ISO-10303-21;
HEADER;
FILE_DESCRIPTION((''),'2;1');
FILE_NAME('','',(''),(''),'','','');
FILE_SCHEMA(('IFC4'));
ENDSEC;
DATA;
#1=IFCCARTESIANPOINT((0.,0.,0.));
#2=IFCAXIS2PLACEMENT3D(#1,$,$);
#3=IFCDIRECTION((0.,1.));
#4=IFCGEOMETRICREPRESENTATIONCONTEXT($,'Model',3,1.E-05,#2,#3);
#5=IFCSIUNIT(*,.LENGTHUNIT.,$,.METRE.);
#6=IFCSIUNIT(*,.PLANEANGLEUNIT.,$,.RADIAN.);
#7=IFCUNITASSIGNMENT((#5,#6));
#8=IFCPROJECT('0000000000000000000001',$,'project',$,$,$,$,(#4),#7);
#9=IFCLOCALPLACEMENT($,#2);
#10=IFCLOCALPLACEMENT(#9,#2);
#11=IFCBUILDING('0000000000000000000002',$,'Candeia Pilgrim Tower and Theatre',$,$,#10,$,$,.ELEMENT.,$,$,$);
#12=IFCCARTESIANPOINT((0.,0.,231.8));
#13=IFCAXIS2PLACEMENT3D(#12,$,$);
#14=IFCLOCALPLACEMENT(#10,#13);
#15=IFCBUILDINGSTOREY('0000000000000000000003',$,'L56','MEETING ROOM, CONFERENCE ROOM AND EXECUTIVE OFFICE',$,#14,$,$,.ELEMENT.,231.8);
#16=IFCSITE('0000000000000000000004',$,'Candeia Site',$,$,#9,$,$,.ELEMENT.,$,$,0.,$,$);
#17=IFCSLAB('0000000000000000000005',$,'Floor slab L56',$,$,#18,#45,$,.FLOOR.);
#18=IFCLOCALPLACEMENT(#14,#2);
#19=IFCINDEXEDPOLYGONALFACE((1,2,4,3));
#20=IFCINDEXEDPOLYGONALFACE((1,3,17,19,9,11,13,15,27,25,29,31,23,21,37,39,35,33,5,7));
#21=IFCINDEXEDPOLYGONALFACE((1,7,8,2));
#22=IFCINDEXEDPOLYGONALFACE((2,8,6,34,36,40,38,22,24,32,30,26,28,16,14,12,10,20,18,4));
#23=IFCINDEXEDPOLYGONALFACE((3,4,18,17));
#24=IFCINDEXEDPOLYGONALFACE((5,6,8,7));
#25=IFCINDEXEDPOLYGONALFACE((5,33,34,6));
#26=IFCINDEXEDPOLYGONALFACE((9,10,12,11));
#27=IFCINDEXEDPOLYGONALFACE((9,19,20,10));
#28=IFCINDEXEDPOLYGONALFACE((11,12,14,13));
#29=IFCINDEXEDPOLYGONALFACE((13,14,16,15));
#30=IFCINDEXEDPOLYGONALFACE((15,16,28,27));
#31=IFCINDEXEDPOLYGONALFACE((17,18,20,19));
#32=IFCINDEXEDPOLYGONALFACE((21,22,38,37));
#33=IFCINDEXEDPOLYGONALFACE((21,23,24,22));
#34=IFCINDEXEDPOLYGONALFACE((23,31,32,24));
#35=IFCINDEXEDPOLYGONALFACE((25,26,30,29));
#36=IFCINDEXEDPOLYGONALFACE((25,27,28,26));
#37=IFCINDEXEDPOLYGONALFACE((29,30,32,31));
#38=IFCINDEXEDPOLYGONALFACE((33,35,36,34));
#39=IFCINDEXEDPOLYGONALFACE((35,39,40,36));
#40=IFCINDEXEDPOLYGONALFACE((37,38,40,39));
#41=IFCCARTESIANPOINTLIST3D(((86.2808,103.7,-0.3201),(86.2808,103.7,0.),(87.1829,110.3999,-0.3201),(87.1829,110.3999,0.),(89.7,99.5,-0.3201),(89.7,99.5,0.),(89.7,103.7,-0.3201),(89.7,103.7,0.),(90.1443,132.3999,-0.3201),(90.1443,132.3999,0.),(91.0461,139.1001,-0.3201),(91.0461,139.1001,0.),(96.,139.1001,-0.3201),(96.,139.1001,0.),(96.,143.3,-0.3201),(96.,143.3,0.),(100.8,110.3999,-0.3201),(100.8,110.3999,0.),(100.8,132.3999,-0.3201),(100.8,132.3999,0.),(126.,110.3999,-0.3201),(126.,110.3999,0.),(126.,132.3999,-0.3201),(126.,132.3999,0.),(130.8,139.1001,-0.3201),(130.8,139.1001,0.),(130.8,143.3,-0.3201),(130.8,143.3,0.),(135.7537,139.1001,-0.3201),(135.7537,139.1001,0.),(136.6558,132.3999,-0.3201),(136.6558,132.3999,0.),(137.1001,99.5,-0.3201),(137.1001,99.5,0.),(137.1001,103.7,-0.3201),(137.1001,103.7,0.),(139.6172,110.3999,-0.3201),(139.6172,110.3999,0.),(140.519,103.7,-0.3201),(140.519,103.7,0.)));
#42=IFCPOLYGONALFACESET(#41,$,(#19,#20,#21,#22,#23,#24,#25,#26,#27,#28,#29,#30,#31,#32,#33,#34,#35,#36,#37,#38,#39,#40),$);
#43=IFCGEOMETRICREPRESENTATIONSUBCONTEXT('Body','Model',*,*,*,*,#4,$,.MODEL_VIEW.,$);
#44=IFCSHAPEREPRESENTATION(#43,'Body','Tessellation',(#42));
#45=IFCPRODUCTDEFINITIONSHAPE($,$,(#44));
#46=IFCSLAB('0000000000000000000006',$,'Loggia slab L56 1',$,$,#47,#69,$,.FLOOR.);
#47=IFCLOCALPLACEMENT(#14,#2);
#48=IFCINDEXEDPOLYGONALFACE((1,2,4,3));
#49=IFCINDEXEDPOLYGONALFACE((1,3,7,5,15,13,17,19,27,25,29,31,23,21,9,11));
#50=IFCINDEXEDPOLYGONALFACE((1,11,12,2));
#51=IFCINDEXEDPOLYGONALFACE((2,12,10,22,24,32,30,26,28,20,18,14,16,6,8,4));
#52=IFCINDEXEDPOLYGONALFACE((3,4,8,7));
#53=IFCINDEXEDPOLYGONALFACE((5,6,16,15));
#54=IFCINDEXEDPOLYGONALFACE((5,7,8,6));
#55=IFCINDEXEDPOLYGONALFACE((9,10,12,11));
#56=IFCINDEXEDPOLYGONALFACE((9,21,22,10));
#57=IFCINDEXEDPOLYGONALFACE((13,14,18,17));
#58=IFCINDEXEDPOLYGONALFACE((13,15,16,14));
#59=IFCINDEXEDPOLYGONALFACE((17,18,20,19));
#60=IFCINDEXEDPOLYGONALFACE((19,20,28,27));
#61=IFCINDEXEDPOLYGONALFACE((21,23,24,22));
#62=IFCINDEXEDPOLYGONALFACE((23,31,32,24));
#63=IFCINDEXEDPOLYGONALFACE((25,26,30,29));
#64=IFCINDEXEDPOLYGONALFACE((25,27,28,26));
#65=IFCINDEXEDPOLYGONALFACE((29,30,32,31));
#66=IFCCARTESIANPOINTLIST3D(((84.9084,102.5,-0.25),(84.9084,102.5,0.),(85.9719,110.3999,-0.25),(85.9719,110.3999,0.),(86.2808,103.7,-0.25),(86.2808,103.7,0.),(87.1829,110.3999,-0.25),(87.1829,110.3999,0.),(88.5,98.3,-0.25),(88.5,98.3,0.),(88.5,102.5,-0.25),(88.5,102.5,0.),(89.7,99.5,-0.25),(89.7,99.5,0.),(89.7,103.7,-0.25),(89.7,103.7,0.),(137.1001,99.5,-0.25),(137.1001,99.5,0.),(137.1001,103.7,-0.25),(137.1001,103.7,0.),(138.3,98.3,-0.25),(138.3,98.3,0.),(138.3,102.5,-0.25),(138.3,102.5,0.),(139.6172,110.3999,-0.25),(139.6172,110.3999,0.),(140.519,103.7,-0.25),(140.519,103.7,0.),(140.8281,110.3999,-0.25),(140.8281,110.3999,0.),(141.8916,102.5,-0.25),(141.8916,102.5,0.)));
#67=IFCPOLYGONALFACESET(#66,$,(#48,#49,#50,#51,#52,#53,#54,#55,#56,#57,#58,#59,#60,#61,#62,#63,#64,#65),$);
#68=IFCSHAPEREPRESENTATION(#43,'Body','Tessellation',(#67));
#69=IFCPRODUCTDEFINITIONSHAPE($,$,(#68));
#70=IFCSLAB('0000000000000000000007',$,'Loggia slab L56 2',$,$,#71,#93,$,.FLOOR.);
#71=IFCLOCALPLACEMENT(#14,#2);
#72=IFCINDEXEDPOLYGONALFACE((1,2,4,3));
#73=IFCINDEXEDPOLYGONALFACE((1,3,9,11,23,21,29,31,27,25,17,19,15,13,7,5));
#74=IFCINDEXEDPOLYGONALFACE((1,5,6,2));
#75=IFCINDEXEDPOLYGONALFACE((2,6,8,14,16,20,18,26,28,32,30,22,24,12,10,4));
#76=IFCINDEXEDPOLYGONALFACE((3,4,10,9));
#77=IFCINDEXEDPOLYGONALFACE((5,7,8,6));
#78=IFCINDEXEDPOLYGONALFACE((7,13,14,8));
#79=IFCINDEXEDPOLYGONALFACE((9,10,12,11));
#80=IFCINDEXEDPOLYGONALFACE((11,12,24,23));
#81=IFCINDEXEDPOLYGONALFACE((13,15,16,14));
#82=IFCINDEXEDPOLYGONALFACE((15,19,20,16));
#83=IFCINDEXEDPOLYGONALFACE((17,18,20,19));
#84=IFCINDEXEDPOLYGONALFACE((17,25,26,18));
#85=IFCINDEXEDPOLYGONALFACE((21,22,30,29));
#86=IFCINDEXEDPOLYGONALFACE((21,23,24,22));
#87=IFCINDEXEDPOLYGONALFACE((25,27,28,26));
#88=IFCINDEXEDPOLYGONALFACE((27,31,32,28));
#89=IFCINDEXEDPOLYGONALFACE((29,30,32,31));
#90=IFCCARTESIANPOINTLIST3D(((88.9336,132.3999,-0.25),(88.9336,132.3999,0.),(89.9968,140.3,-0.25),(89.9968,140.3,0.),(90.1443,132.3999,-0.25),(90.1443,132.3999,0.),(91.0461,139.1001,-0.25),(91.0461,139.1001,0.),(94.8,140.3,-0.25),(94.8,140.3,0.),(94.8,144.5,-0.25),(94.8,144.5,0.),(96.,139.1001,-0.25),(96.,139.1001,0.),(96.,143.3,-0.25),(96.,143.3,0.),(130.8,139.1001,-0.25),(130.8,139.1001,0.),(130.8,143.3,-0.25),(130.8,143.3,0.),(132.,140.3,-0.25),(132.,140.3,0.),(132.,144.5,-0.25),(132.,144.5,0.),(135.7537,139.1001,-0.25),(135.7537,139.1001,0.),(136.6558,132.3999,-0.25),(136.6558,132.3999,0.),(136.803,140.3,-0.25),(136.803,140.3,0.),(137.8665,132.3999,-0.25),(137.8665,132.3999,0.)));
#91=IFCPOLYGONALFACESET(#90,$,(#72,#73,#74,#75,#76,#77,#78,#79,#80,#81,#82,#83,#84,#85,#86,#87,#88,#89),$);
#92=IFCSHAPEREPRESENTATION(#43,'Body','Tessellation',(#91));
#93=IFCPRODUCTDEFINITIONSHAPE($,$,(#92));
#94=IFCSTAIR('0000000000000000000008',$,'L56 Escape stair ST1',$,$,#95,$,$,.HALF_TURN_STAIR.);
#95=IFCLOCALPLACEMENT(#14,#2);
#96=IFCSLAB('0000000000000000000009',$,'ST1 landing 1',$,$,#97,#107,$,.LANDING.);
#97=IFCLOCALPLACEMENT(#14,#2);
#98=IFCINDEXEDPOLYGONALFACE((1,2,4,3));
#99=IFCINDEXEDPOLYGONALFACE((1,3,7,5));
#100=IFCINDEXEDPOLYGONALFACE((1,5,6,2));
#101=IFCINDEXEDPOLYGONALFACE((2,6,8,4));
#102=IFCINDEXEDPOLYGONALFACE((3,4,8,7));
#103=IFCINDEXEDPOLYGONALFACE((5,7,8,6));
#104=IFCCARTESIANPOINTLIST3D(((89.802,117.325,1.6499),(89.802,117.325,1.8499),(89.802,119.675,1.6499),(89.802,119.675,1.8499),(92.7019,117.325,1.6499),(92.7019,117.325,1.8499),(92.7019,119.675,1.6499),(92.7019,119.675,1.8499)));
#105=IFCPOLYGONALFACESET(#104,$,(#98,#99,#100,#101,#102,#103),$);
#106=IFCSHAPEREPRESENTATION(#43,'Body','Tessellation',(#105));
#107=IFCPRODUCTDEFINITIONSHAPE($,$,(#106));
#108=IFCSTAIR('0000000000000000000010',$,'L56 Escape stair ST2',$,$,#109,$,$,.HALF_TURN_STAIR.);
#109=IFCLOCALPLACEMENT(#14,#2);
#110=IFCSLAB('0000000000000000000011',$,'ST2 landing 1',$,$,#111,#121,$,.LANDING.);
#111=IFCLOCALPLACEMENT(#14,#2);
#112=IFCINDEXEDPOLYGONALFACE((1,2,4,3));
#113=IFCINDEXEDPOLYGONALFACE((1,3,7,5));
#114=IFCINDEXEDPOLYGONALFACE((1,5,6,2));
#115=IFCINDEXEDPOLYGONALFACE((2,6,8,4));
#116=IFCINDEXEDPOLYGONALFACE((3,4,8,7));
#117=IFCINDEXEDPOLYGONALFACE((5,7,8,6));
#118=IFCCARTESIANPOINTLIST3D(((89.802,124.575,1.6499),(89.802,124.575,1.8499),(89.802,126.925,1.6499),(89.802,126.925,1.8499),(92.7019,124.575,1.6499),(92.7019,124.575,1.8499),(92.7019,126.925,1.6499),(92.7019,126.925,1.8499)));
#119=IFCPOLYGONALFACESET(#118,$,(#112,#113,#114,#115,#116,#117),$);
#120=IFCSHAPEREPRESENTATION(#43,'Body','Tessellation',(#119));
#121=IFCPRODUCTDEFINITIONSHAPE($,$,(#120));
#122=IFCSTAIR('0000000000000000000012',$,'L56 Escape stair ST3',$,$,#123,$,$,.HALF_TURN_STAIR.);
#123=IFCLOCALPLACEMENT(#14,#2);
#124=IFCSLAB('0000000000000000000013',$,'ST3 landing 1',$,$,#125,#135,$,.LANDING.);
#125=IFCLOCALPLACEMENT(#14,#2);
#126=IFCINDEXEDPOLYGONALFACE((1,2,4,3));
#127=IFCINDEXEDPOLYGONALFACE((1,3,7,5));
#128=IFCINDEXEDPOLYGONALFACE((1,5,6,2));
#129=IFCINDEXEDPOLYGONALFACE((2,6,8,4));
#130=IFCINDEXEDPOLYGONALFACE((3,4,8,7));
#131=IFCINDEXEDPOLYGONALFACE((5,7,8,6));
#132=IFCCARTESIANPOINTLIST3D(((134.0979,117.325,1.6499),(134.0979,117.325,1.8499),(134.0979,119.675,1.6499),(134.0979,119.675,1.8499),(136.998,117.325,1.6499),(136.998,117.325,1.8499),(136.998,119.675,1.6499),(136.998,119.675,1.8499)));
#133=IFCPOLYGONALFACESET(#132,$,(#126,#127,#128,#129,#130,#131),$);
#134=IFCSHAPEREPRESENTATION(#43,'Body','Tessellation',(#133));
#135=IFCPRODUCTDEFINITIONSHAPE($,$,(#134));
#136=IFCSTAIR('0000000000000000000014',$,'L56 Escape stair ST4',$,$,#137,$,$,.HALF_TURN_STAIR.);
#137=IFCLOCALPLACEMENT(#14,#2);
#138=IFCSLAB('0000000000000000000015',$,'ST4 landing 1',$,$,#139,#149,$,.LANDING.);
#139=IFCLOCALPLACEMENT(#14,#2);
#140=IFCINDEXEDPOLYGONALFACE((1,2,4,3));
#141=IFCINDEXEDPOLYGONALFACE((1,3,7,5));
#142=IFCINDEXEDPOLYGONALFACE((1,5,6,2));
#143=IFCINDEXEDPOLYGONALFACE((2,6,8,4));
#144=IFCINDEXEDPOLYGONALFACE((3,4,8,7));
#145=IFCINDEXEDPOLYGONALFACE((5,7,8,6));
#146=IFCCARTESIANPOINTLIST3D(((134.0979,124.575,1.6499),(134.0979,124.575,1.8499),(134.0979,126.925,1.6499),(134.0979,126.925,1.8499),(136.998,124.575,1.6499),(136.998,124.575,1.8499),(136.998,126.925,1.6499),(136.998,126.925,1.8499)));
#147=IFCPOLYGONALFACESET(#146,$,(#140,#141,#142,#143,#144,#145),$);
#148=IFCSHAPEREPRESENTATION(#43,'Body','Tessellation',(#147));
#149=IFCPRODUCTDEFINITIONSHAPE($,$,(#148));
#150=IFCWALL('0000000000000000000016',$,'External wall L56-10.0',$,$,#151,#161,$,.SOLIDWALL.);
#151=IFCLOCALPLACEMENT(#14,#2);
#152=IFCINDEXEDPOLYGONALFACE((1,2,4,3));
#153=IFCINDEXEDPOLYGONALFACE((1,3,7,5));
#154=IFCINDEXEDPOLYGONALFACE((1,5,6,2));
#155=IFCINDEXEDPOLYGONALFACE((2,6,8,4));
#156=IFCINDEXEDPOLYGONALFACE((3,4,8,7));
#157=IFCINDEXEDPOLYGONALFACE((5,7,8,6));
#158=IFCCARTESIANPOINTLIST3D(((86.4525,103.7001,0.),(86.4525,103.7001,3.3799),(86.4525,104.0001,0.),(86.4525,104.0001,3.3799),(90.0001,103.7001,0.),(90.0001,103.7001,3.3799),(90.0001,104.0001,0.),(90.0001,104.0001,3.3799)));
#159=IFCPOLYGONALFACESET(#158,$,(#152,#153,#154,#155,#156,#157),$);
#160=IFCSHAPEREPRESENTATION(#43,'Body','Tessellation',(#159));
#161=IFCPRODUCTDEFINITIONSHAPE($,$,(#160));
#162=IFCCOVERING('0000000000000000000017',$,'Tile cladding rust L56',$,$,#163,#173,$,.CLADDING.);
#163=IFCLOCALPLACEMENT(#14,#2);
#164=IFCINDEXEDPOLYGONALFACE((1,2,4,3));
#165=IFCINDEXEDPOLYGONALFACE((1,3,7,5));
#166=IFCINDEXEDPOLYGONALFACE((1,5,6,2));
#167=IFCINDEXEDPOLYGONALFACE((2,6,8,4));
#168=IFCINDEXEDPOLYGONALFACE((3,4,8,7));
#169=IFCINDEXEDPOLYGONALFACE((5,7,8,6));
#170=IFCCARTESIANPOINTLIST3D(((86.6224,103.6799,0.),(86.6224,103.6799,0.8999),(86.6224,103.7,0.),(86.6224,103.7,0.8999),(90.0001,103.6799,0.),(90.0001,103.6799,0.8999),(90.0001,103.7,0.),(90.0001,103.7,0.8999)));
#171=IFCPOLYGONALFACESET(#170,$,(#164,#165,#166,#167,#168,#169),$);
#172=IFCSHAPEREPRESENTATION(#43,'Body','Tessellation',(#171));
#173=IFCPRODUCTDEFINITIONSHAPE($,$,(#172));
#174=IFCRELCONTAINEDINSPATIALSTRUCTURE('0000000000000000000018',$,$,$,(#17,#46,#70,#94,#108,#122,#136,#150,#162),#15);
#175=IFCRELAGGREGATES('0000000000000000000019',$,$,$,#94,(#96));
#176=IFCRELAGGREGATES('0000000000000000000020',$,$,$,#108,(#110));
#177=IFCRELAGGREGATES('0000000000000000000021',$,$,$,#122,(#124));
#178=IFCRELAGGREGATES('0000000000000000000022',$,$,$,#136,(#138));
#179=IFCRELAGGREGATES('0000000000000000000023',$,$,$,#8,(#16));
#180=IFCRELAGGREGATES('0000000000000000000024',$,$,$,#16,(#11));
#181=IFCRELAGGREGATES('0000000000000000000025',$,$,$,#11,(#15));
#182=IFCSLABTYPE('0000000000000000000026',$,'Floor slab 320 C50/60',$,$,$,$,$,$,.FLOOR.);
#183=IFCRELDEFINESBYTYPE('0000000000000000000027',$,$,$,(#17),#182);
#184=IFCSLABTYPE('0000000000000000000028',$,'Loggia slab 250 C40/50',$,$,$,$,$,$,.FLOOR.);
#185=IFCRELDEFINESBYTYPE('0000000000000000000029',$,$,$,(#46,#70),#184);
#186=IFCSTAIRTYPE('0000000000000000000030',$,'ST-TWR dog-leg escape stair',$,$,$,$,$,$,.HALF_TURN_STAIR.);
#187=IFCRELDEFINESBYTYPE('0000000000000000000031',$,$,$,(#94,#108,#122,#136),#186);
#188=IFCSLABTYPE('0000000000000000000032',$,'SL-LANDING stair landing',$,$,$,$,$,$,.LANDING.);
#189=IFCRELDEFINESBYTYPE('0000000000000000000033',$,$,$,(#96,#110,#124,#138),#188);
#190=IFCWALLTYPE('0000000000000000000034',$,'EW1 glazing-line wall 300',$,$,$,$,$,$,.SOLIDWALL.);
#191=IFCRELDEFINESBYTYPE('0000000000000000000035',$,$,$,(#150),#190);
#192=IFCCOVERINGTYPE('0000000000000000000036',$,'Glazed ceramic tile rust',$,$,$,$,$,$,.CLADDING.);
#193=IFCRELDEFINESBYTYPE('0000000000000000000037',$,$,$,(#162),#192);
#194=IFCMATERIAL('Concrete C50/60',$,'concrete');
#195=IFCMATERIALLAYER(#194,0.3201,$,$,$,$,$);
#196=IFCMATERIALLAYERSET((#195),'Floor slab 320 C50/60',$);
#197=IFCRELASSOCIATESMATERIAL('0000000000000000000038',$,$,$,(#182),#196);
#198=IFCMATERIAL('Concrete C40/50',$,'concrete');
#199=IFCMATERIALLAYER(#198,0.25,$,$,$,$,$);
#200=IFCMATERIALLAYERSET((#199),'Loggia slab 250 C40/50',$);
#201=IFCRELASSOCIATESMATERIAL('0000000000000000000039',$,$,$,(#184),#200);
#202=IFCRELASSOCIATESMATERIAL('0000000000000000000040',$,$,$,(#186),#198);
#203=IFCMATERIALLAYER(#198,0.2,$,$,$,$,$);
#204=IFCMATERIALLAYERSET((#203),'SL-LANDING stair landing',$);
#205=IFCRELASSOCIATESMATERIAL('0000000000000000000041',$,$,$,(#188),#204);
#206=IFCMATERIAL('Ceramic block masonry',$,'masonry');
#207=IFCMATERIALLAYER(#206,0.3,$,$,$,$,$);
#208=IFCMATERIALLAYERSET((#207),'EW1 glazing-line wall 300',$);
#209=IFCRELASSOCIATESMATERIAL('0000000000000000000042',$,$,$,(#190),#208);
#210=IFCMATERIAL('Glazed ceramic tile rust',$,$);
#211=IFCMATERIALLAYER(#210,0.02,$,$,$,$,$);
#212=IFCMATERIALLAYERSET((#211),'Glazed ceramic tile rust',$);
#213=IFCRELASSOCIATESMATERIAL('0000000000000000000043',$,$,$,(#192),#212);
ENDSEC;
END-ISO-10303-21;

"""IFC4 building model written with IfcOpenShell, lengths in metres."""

from ifc_helpers import new_model, si_unit, direction, frame, frame_2d, origin, origin_2d, place, context, subcontext, project, spatial, polyline, rectangle, outline, extrude, material, layer, layer_set, type_object, element, aggregate, save


model = new_model("IFC4")

# Units and contexts
model_context = context("Model", 3, precision=1e-05, world=origin(), true_north=direction((0.0, 1.0)))
body_context = subcontext(model_context, "Body", "Model", "MODEL_VIEW")
ifc_project = project(units=[si_unit("LENGTHUNIT", "METRE"), si_unit("PLANEANGLEUNIT", "RADIAN")], contexts=[model_context])

# Site, building, storey
site_placement = place(None, origin())
site = spatial("IfcSite", under=ifc_project, at=site_placement, Name="Candeia Site", CompositionType="ELEMENT", RefElevation=0.0)
building_placement = place(site_placement, origin())
building = spatial("IfcBuilding", under=site, at=building_placement, Name="Candeia Pilgrim Tower and Theatre", CompositionType="ELEMENT")
storey_placement = place(building_placement, frame((0.0, 0.0, 231.8)))
storey = spatial("IfcBuildingStorey", under=building, at=storey_placement, Name="L56", Description="MEETING ROOM, CONFERENCE ROOM AND EXECUTIVE OFFICE", CompositionType="ELEMENT", Elevation=231.8)

# Shared definitions
ifc_material_1 = material(Name="Concrete C50/60", Category="concrete")

# Slabs
ifc_material_2 = material(Name="Concrete C40/50", Category="concrete")
ifc_layer_1 = layer(ifc_material_1, 0.3201)
ifc_layer_set_1 = layer_set([ifc_layer_1], Name="Floor slab 320 C50/60")
slab_type_1 = type_object("IfcSlabType", Name="Floor slab 320 C50/60", PredefinedType="FLOOR", material=ifc_layer_set_1)
slab_1_placement = place(storey_placement, frame((0.0, 0.0, -0.3201)))
element("IfcSlab", 1, at=slab_1_placement, inside=storey, type_object=slab_type_1, Name="Floor slab L56", PredefinedType="FLOOR", context=body_context, shape_type="SweptSolid", body=[
    extrude(outline(polyline([(96.0, 139.1001), (96.0, 143.3), (130.8, 143.3), (130.8, 139.1001), (135.7537, 139.1001), (136.6558, 132.3999), (126.0, 132.3999), (126.0, 110.3999), (139.6172, 110.3999), (140.519, 103.7), (137.1001, 103.7), (137.1001, 99.5), (89.7, 99.5), (89.7, 103.7), (86.2808, 103.7), (87.1829, 110.3999), (100.8, 110.3999), (100.8, 132.3999), (90.1443, 132.3999), (91.0461, 139.1001), (96.0, 139.1001)])), origin(), (0.0, 0.0, 1.0), 0.3201),
])
ifc_layer_2 = layer(ifc_material_2, 0.25)
ifc_layer_set_2 = layer_set([ifc_layer_2], Name="Loggia slab 250 C40/50")
slab_type_2 = type_object("IfcSlabType", Name="Loggia slab 250 C40/50", PredefinedType="FLOOR", material=ifc_layer_set_2)
slab_2_placement = place(storey_placement, frame((0.0, 0.0, -0.25)))
element("IfcSlab", 2, at=slab_2_placement, inside=storey, type_object=slab_type_2, Name="Loggia slab L56 1", PredefinedType="FLOOR", context=body_context, shape_type="SweptSolid", body=[
    extrude(outline(polyline([(87.1829, 110.3999), (86.2808, 103.7), (89.7, 103.7), (89.7, 99.5), (137.1001, 99.5), (137.1001, 103.7), (140.519, 103.7), (139.6172, 110.3999), (140.8281, 110.3999), (141.8916, 102.5), (138.3, 102.5), (138.3, 98.3), (88.5, 98.3), (88.5, 102.5), (84.9084, 102.5), (85.9719, 110.3999), (87.1829, 110.3999)])), origin(), (0.0, 0.0, 1.0), 0.25),
])
slab_3_placement = place(storey_placement, frame((0.0, 0.0, -0.25)))
element("IfcSlab", 3, at=slab_3_placement, inside=storey, type_object=slab_type_2, Name="Loggia slab L56 2", PredefinedType="FLOOR", context=body_context, shape_type="SweptSolid", body=[
    extrude(outline(polyline([(136.6558, 132.3999), (135.7537, 139.1001), (130.8, 139.1001), (130.8, 143.3), (96.0, 143.3), (96.0, 139.1001), (91.0461, 139.1001), (90.1443, 132.3999), (88.9336, 132.3999), (89.9968, 140.3), (94.8, 140.3), (94.8, 144.5), (132.0, 144.5), (132.0, 140.3), (136.803, 140.3), (137.8665, 132.3999), (136.6558, 132.3999)])), origin(), (0.0, 0.0, 1.0), 0.25),
])

# Stairs, slabs
stair_type = type_object("IfcStairType", Name="ST-TWR dog-leg escape stair", PredefinedType="HALF_TURN_STAIR", material=ifc_material_2)
stair_1_placement = place(storey_placement, origin())
stair_1 = element("IfcStair", 4, at=stair_1_placement, inside=storey, type_object=stair_type, Name="L56 Escape stair ST1", PredefinedType="HALF_TURN_STAIR")
ifc_layer_3 = layer(ifc_material_2, 0.2)
ifc_layer_set_3 = layer_set([ifc_layer_3], Name="SL-LANDING stair landing")
slab_type_3 = type_object("IfcSlabType", Name="SL-LANDING stair landing", PredefinedType="LANDING", material=ifc_layer_set_3)
slab_4_placement = place(storey_placement, frame((0.0, 0.0, 1.6499)))
slab_4 = element("IfcSlab", 5, at=slab_4_placement, type_object=slab_type_3, Name="ST1 landing 1", PredefinedType="LANDING", context=body_context, shape_type="SweptSolid", body=[
    extrude(outline(polyline([(89.802, 119.675), (89.802, 117.325), (92.7019, 117.325), (92.7019, 119.675), (89.802, 119.675)])), origin(), (0.0, 0.0, 1.0), 0.2),
])
aggregate(stair_1, [slab_4])
stair_2_placement = place(storey_placement, origin())
stair_2 = element("IfcStair", 6, at=stair_2_placement, inside=storey, type_object=stair_type, Name="L56 Escape stair ST2", PredefinedType="HALF_TURN_STAIR")
slab_5_placement = place(storey_placement, frame((0.0, 0.0, 1.6499)))
slab_5 = element("IfcSlab", 7, at=slab_5_placement, type_object=slab_type_3, Name="ST2 landing 1", PredefinedType="LANDING", context=body_context, shape_type="SweptSolid", body=[
    extrude(outline(polyline([(89.802, 126.925), (89.802, 124.575), (92.7019, 124.575), (92.7019, 126.925), (89.802, 126.925)])), origin(), (0.0, 0.0, 1.0), 0.2),
])
aggregate(stair_2, [slab_5])
stair_3_placement = place(storey_placement, origin())
stair_3 = element("IfcStair", 8, at=stair_3_placement, inside=storey, type_object=stair_type, Name="L56 Escape stair ST3", PredefinedType="HALF_TURN_STAIR")
slab_6_placement = place(storey_placement, frame((0.0, 0.0, 1.6499)))
slab_6 = element("IfcSlab", 9, at=slab_6_placement, type_object=slab_type_3, Name="ST3 landing 1", PredefinedType="LANDING", context=body_context, shape_type="SweptSolid", body=[
    extrude(outline(polyline([(134.0979, 119.675), (134.0979, 117.325), (136.998, 117.325), (136.998, 119.675), (134.0979, 119.675)])), origin(), (0.0, 0.0, 1.0), 0.2),
])
aggregate(stair_3, [slab_6])
stair_4_placement = place(storey_placement, origin())
stair_4 = element("IfcStair", 10, at=stair_4_placement, inside=storey, type_object=stair_type, Name="L56 Escape stair ST4", PredefinedType="HALF_TURN_STAIR")
slab_7_placement = place(storey_placement, frame((0.0, 0.0, 1.6499)))
slab_7 = element("IfcSlab", 11, at=slab_7_placement, type_object=slab_type_3, Name="ST4 landing 1", PredefinedType="LANDING", context=body_context, shape_type="SweptSolid", body=[
    extrude(outline(polyline([(134.0979, 126.925), (134.0979, 124.575), (136.998, 124.575), (136.998, 126.925), (134.0979, 126.925)])), origin(), (0.0, 0.0, 1.0), 0.2),
])
aggregate(stair_4, [slab_7])

# Wall
ifc_material_3 = material(Name="Ceramic block masonry", Category="masonry")
ifc_layer_4 = layer(ifc_material_3, 0.3)
ifc_layer_set_4 = layer_set([ifc_layer_4], Name="EW1 glazing-line wall 300")
wall_type = type_object("IfcWallType", Name="EW1 glazing-line wall 300", PredefinedType="SOLIDWALL", material=ifc_layer_set_4)
wall_placement = place(storey_placement, frame((86.4524, 103.8501, 0.0), z_axis=(0.0, 0.0, 1.0), x_axis=(1.0, 0.0, 0.0)))
element("IfcWall", 12, at=wall_placement, inside=storey, type_object=wall_type, Name="External wall L56-10.0", PredefinedType="SOLIDWALL", context=body_context, shape_type="SweptSolid", body=[
    extrude(rectangle(XDim=3.5476, YDim=0.3, at=frame_2d((1.7739, 0.0))), origin(), (0.0, 0.0, 1.0), 3.3799),
])

# Covering
ifc_material_4 = material(Name="Glazed ceramic tile rust")
ifc_layer_5 = layer(ifc_material_4, 0.02)
ifc_layer_set_5 = layer_set([ifc_layer_5], Name="Glazed ceramic tile rust")
covering_type = type_object("IfcCoveringType", Name="Glazed ceramic tile rust", PredefinedType="CLADDING", material=ifc_layer_set_5)
covering_placement = place(storey_placement, frame((88.3113, 103.6899, 0.0), z_axis=(0.0, 0.0, 1.0), x_axis=(1.0, 0.0, 0.0)))
element("IfcCovering", 13, at=covering_placement, inside=storey, type_object=covering_type, Name="Tile cladding rust L56", PredefinedType="CLADDING", context=body_context, shape_type="SweptSolid", body=[
    extrude(rectangle(XDim=3.3777, YDim=0.02, at=origin_2d()), origin(), (0.0, 0.0, 1.0), 0.8999),
])

save(model, "model.ifc")
